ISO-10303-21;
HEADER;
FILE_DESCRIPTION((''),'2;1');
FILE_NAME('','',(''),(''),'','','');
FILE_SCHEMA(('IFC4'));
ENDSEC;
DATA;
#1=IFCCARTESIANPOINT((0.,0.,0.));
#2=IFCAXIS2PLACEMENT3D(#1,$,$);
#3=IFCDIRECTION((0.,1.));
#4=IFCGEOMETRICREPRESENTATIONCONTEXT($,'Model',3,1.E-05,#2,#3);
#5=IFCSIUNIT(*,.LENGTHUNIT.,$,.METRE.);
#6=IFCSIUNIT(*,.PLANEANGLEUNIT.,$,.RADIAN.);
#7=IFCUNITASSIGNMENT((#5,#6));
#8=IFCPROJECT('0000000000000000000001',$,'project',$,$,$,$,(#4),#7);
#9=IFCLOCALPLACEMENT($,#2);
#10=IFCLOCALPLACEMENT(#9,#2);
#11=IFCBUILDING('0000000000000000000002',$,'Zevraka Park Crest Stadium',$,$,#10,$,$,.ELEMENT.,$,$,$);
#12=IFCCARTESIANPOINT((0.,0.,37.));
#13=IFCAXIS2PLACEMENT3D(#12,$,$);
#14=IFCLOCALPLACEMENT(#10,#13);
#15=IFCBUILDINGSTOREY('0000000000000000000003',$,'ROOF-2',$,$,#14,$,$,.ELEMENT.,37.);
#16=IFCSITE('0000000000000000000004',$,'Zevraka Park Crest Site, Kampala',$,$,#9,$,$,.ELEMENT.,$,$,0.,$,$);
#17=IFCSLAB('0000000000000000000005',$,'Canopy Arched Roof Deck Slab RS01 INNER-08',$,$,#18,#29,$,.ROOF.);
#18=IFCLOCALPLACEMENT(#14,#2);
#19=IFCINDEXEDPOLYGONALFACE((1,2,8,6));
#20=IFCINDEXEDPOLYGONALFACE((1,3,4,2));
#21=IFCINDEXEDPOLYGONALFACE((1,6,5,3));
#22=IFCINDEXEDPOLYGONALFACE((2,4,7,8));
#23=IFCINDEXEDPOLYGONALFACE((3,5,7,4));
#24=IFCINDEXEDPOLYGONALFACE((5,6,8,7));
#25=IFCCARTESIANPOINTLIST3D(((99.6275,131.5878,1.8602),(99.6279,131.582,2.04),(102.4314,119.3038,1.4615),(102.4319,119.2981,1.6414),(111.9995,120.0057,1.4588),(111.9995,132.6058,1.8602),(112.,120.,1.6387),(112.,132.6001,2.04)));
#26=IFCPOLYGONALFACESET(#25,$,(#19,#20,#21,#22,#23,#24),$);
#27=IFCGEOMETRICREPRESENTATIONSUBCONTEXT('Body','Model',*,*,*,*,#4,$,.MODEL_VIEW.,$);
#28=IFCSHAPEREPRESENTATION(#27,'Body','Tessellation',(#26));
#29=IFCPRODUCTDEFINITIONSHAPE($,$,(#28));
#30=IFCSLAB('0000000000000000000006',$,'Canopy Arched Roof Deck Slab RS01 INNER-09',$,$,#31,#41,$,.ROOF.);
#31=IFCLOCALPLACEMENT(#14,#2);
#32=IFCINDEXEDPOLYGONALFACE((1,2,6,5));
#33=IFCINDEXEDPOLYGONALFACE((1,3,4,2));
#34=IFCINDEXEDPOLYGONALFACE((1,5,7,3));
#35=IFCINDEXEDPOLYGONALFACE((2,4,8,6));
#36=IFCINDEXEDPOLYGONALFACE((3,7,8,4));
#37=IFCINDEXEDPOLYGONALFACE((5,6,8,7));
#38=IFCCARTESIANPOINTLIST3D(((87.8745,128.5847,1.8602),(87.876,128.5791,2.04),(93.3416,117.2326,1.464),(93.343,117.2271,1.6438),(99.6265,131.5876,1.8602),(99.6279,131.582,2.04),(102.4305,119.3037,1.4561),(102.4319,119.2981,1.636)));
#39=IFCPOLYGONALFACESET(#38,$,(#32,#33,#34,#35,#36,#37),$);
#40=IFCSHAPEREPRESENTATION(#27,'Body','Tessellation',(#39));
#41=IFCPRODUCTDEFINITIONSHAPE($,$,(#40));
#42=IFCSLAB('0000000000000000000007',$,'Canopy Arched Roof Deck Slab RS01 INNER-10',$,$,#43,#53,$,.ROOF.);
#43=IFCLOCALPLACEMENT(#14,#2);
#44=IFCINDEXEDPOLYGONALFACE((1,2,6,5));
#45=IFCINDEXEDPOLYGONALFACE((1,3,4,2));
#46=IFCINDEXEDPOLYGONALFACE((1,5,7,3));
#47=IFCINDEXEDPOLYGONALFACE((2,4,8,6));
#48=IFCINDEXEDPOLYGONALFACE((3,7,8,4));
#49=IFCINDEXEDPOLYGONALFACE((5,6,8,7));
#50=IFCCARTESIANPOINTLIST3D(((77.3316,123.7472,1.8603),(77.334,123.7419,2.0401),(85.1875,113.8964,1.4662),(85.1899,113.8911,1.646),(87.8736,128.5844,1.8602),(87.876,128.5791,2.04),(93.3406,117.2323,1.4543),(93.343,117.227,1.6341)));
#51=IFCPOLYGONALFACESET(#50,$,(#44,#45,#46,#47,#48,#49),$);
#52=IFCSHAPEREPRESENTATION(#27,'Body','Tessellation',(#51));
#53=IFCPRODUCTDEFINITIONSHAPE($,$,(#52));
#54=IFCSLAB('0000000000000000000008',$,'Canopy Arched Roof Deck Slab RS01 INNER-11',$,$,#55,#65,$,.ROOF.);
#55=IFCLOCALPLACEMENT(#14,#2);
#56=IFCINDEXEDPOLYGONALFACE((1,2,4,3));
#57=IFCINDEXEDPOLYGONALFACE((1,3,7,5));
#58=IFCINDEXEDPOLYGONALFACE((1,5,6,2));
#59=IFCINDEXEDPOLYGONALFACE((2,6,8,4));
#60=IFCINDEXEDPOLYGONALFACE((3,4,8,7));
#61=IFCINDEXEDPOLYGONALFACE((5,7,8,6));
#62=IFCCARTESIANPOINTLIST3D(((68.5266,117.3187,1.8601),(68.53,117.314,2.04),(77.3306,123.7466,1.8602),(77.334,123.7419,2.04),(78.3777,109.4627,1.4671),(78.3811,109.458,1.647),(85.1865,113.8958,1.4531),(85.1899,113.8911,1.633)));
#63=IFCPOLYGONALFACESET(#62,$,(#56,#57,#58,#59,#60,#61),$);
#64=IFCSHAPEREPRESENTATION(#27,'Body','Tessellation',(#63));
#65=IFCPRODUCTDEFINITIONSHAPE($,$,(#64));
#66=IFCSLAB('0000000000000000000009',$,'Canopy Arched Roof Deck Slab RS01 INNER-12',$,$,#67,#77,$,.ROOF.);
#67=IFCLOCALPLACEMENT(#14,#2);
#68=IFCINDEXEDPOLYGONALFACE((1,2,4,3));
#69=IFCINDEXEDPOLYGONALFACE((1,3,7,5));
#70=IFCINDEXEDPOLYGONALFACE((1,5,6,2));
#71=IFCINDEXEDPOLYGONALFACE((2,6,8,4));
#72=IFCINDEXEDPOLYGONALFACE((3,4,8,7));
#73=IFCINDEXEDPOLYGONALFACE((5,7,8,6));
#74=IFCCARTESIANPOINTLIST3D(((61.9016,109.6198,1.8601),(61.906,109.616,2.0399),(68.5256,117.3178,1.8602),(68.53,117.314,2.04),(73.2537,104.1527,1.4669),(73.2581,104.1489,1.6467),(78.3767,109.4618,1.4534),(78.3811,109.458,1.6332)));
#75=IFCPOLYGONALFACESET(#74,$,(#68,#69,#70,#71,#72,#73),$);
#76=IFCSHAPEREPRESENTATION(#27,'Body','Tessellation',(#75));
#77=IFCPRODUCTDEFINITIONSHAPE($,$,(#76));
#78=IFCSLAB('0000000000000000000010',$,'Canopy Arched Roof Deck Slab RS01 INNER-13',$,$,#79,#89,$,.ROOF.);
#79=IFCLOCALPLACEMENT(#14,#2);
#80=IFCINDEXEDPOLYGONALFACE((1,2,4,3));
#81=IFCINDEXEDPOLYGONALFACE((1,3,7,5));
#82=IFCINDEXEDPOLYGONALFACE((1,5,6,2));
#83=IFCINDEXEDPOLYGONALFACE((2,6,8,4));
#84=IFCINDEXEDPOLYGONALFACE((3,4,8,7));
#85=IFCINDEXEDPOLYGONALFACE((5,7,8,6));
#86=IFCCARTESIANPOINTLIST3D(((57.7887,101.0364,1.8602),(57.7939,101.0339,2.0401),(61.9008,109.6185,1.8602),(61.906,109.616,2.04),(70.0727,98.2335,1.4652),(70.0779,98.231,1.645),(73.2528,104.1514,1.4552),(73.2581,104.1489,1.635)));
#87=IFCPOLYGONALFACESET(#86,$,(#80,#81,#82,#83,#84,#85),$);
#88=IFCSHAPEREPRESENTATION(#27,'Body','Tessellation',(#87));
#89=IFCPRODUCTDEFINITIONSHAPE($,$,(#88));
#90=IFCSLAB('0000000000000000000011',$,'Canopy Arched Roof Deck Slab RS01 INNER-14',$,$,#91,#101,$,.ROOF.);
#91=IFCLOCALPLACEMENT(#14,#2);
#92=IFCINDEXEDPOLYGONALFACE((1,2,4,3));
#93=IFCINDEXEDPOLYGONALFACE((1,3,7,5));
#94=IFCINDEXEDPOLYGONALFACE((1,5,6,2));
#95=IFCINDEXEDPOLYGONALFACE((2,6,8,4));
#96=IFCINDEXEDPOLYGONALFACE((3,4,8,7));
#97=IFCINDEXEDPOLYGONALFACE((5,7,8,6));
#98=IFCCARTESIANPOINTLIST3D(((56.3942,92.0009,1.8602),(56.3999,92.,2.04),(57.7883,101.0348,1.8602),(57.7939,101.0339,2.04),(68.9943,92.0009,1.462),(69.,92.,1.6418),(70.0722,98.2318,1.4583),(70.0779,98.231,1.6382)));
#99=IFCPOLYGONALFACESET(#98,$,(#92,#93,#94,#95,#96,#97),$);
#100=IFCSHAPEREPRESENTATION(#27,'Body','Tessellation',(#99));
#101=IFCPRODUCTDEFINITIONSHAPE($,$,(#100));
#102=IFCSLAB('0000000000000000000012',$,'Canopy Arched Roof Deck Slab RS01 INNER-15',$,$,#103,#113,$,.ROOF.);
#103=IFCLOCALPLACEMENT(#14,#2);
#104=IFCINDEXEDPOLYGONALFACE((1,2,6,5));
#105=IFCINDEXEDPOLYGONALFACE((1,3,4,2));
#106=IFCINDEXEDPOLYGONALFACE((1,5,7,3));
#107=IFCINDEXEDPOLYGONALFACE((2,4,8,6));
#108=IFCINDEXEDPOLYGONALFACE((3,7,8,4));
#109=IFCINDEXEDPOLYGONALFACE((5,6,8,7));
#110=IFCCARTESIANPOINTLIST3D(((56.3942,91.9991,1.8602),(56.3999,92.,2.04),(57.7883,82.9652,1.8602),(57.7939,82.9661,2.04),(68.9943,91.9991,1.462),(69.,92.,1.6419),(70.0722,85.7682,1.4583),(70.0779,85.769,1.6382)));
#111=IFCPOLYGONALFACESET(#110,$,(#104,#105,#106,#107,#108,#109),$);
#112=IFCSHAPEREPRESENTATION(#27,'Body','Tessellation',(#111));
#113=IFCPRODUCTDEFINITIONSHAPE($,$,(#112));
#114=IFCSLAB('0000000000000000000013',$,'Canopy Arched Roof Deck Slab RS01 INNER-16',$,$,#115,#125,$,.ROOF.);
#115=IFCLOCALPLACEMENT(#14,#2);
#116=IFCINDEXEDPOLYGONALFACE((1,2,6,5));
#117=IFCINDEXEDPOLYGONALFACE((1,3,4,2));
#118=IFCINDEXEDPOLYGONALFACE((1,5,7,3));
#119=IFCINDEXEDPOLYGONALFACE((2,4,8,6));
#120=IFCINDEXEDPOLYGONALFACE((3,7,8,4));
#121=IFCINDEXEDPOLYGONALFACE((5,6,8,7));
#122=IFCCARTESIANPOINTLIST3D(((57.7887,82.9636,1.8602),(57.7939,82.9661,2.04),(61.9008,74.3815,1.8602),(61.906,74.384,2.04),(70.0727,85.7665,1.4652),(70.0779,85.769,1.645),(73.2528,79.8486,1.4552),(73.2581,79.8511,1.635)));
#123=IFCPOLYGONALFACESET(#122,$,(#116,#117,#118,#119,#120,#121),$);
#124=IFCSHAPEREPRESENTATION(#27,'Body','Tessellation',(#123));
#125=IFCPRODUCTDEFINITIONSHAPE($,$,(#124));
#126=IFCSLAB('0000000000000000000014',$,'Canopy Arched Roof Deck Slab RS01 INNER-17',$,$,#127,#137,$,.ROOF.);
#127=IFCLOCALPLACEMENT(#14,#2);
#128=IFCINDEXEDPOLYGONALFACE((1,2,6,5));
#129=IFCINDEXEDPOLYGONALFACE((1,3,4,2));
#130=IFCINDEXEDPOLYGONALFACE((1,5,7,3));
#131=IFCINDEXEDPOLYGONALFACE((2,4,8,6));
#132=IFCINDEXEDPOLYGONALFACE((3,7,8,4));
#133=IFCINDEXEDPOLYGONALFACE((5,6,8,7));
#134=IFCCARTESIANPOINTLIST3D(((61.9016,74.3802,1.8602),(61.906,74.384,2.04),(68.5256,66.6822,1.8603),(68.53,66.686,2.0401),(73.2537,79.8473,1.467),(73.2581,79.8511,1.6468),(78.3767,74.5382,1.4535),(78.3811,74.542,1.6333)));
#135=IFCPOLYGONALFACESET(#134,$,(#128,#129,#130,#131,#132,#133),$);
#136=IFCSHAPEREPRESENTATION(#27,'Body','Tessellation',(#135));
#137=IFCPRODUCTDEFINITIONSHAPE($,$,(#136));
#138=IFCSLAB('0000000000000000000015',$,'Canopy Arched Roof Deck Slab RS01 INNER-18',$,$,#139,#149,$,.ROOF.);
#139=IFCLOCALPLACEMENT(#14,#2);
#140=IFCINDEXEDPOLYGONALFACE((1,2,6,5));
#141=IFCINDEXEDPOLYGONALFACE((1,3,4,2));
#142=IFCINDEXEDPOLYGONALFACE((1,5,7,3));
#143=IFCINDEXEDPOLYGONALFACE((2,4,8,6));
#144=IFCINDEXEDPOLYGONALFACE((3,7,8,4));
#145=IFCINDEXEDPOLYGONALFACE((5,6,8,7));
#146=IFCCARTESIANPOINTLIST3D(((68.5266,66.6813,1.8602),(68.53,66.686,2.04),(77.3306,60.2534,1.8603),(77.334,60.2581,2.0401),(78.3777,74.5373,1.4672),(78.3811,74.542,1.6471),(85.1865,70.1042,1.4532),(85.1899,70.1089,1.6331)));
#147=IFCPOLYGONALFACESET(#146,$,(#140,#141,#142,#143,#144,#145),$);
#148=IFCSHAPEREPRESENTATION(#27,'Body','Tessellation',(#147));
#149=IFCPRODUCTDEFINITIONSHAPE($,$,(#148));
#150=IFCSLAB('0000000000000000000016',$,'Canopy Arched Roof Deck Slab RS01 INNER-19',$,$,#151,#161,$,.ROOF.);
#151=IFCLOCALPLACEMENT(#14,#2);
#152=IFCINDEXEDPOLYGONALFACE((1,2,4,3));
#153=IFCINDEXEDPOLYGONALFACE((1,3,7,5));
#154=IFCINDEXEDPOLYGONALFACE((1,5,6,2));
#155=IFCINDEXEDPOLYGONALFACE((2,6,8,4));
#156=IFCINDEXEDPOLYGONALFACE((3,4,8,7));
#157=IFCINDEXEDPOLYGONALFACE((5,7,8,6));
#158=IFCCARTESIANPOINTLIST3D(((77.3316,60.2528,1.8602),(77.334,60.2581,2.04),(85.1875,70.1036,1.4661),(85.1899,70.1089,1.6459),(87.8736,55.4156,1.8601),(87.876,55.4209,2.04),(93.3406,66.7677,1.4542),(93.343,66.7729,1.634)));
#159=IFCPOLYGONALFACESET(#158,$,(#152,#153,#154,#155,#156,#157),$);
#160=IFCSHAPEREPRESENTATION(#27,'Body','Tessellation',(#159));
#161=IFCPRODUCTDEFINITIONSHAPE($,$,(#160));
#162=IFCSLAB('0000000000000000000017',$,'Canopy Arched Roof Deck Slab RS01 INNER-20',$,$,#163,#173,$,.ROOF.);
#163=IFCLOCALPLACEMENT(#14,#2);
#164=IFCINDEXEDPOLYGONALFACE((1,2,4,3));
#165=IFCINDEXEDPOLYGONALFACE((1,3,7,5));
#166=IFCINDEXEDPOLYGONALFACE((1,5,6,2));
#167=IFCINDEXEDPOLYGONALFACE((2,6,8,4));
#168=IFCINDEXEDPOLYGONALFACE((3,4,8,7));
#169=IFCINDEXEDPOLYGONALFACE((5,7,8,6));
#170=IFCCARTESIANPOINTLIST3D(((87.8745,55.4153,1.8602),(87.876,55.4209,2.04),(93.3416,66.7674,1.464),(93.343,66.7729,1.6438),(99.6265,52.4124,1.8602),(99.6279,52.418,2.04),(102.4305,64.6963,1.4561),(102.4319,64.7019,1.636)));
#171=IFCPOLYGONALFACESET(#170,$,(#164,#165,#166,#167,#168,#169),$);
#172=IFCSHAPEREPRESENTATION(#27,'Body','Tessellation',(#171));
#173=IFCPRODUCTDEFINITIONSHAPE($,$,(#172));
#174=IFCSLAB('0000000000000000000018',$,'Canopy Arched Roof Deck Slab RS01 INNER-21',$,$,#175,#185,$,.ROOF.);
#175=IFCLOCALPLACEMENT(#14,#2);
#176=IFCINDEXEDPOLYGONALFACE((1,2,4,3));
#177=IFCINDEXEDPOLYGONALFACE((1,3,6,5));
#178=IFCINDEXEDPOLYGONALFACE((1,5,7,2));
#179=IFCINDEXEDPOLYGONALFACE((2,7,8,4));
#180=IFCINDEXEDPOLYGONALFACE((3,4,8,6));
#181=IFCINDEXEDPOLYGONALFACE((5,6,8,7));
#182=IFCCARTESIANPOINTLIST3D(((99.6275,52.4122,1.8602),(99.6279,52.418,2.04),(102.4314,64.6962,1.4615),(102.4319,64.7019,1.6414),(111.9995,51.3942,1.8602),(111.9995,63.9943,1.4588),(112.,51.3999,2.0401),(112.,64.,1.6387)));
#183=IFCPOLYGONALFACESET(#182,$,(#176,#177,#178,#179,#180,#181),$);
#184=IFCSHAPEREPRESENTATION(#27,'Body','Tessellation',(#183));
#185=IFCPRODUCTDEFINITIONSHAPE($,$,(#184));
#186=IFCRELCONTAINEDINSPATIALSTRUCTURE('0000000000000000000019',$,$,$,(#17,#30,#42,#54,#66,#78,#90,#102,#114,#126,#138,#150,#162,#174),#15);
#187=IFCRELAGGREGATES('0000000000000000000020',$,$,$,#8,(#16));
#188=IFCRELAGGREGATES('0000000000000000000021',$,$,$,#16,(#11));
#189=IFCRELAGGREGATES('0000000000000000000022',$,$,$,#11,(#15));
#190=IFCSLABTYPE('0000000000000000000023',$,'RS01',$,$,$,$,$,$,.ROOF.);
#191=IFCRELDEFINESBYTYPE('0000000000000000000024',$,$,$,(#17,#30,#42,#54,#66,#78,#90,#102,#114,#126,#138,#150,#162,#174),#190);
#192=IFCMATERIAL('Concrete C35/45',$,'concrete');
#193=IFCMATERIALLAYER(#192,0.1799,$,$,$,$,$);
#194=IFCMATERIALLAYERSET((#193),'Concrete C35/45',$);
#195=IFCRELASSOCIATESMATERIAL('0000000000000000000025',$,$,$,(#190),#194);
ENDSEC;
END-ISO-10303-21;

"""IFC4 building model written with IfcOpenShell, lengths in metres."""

from ifc_helpers import new_model, si_unit, direction, frame, origin, place, context, subcontext, project, spatial, polyline, outline, extrude, material, layer, layer_set, type_object, element, save


model = new_model("IFC4")

# Units and contexts
model_context = context("Model", 3, precision=1e-05, world=origin(), true_north=direction((0.0, 1.0)))
body_context = subcontext(model_context, "Body", "Model", "MODEL_VIEW")
ifc_project = project(units=[si_unit("LENGTHUNIT", "METRE"), si_unit("PLANEANGLEUNIT", "RADIAN")], contexts=[model_context])

# Site, building, storey
site_placement = place(None, origin())
site = spatial("IfcSite", under=ifc_project, at=site_placement, Name="Zevraka Park Crest Site, Kampala", CompositionType="ELEMENT", RefElevation=0.0)
building_placement = place(site_placement, origin())
building = spatial("IfcBuilding", under=site, at=building_placement, Name="Zevraka Park Crest Stadium", CompositionType="ELEMENT")
storey_placement = place(building_placement, frame((0.0, 0.0, 37.0)))
storey = spatial("IfcBuildingStorey", under=building, at=storey_placement, Name="ROOF-2", CompositionType="ELEMENT", Elevation=37.0)

# Slabs
ifc_material_1 = material(Name="Concrete C35/45", Category="concrete")
ifc_layer_1 = layer(ifc_material_1, 0.1799)
ifc_layer_set_1 = layer_set([ifc_layer_1], Name="Concrete C35/45")
slab_type = type_object("IfcSlabType", Name="RS01", PredefinedType="ROOF", material=ifc_layer_set_1)
slab_1_placement = place(storey_placement, frame((112.0, 132.6001, 2.04), z_axis=(0.002618, -0.03184, 0.99949), x_axis=(-0.996631, -0.08201, -0.000002)))
element("IfcSlab", 1, at=slab_1_placement, inside=storey, type_object=slab_type, Name="Canopy Arched Roof Deck Slab RS01 INNER-08", PredefinedType="ROOF", context=body_context, shape_type="SweptSolid", body=[
    extrude(outline(polyline([(0.0, 0.0), (12.4139, 0.0), (10.6268, 12.4789), (1.0333, 12.5641), (0.0, 0.0)])), origin(), (0.0, 0.0, -1.0), 0.1799),
])
slab_2_placement = place(storey_placement, frame((99.6279, 131.582, 2.04), z_axis=(0.007938, -0.031064, 0.999486), x_axis=(-0.96887, -0.247571, 0.0)))
element("IfcSlab", 2, at=slab_2_placement, inside=storey, type_object=slab_type, Name="Canopy Arched Roof Deck Slab RS01 INNER-09", PredefinedType="ROOF", context=body_context, shape_type="SweptSolid", body=[
    extrude(outline(polyline([(0.0, 0.0), (12.1296, 0.0), (9.6431, 12.3585), (0.3245, 12.6022), (0.0, 0.0)])), origin(), (0.0, 0.0, -1.0), 0.1799),
])
slab_3_placement = place(storey_placement, frame((87.876, 128.5791, 2.04), z_axis=(0.013436, -0.029271, 0.999481), x_axis=(-0.908888, -0.41704, 0.000005)))
element("IfcSlab", 3, at=slab_3_placement, inside=storey, type_object=slab_type, Name="Canopy Arched Roof Deck Slab RS01 INNER-10", PredefinedType="ROOF", context=body_context, shape_type="SweptSolid", body=[
    extrude(outline(polyline([(0.0, 0.0), (11.5988, 0.0), (8.5668, 12.2359), (-0.2347, 12.6043), (0.0, 0.0)])), origin(), (0.0, 0.0, -1.0), 0.1799),
])
slab_4_placement = place(storey_placement, frame((77.334, 123.7419, 2.04), z_axis=(0.019052, -0.026107, 0.999478), x_axis=(-0.807639, -0.589677, -0.000007)))
element("IfcSlab", 4, at=slab_4_placement, inside=storey, type_object=slab_type, Name="Canopy Arched Roof Deck Slab RS01 INNER-11", PredefinedType="ROOF", context=body_context, shape_type="SweptSolid", body=[
    extrude(outline(polyline([(0.0, 0.0), (10.9009, 0.0), (7.5772, 12.1601), (-0.536, 12.595), (0.0, 0.0)])), origin(), (0.0, 0.0, -1.0), 0.1799),
])
slab_5_placement = place(storey_placement, frame((68.53, 117.314, 2.04), z_axis=(0.024473, -0.021071, 0.999478), x_axis=(-0.652251, -0.758003, -0.000009)))
element("IfcSlab", 5, at=slab_5_placement, inside=storey, type_object=slab_type, Name="Canopy Arched Roof Deck Slab RS01 INNER-12", PredefinedType="ROOF", context=body_context, shape_type="SweptSolid", body=[
    extrude(outline(polyline([(0.0, 0.0), (10.1556, 0.0), (6.8953, 12.1771), (-0.4705, 12.5978), (0.0, 0.0)])), origin(), (0.0, 0.0, -1.0), 0.1799),
])
slab_6_placement = place(storey_placement, frame((61.906, 109.616, 2.04), z_axis=(0.028974, -0.013882, 0.999484), x_axis=(-0.432106, -0.901823, 0.000001)))
element("IfcSlab", 6, at=slab_6_placement, inside=storey, type_object=slab_type, Name="Canopy Arched Roof Deck Slab RS01 INNER-13", PredefinedType="ROOF", context=body_context, shape_type="SweptSolid", body=[
    extrude(outline(polyline([(0.0, 0.0), (9.5163, 0.0), (6.7361, 12.2955), (0.025, 12.6064), (0.0, 0.0)])), origin(), (0.0, 0.0, -1.0), 0.1799),
])
slab_7_placement = place(storey_placement, frame((57.7939, 101.0339, 2.04), z_axis=(0.031586, -0.004875, 0.999489), x_axis=(-0.152507, -0.988302, -0.000001)))
element("IfcSlab", 7, at=slab_7_placement, inside=storey, type_object=slab_type, Name="Canopy Arched Roof Deck Slab RS01 INNER-14", PredefinedType="ROOF", context=body_context, shape_type="SweptSolid", body=[
    extrude(outline(polyline([(0.0, 0.0), (9.1409, 0.0), (7.2193, 12.4591), (0.8968, 12.5741), (0.0, 0.0)])), origin(), (0.0, 0.0, -1.0), 0.1799),
])
slab_8_placement = place(storey_placement, frame((56.3999, 92.0, 2.04), z_axis=(0.031586, 0.004875, 0.999489), x_axis=(0.152507, -0.988302, 0.000001)))
element("IfcSlab", 8, at=slab_8_placement, inside=storey, type_object=slab_type, Name="Canopy Arched Roof Deck Slab RS01 INNER-15", PredefinedType="ROOF", context=body_context, shape_type="SweptSolid", body=[
    extrude(outline(polyline([(0.0, 0.0), (9.1409, 0.0), (8.2441, 12.5741), (1.9216, 12.4591), (0.0, 0.0)])), origin(), (0.0, 0.0, -1.0), 0.1799),
])
slab_9_placement = place(storey_placement, frame((57.7939, 82.9661, 2.04), z_axis=(0.028974, 0.013882, 0.999484), x_axis=(0.432106, -0.901823, -0.000001)))
element("IfcSlab", 9, at=slab_9_placement, inside=storey, type_object=slab_type, Name="Canopy Arched Roof Deck Slab RS01 INNER-16", PredefinedType="ROOF", context=body_context, shape_type="SweptSolid", body=[
    extrude(outline(polyline([(0.0, 0.0), (9.5163, 0.0), (9.4913, 12.6064), (2.7802, 12.2955), (0.0, 0.0)])), origin(), (0.0, 0.0, -1.0), 0.1799),
])
slab_10_placement = place(storey_placement, frame((61.906, 74.384, 2.04), z_axis=(0.024473, 0.021071, 0.999478), x_axis=(0.652251, -0.758003, 0.000009)))
element("IfcSlab", 10, at=slab_10_placement, inside=storey, type_object=slab_type, Name="Canopy Arched Roof Deck Slab RS01 INNER-17", PredefinedType="ROOF", context=body_context, shape_type="SweptSolid", body=[
    extrude(outline(polyline([(0.0, 0.0), (10.1556, 0.0), (10.6262, 12.5978), (3.2604, 12.1771), (0.0, 0.0)])), origin(), (0.0, 0.0, -1.0), 0.1799),
])
slab_11_placement = place(storey_placement, frame((68.53, 66.686, 2.04), z_axis=(0.019052, 0.026107, 0.999478), x_axis=(0.807639, -0.589677, 0.000007)))
element("IfcSlab", 11, at=slab_11_placement, inside=storey, type_object=slab_type, Name="Canopy Arched Roof Deck Slab RS01 INNER-18", PredefinedType="ROOF", context=body_context, shape_type="SweptSolid", body=[
    extrude(outline(polyline([(0.0, 0.0), (10.9009, 0.0), (11.4368, 12.595), (3.3236, 12.1601), (0.0, 0.0)])), origin(), (0.0, 0.0, -1.0), 0.1799),
])
slab_12_placement = place(storey_placement, frame((77.334, 60.2581, 2.04), z_axis=(0.013436, 0.029271, 0.999481), x_axis=(0.908888, -0.41704, -0.000005)))
element("IfcSlab", 12, at=slab_12_placement, inside=storey, type_object=slab_type, Name="Canopy Arched Roof Deck Slab RS01 INNER-19", PredefinedType="ROOF", context=body_context, shape_type="SweptSolid", body=[
    extrude(outline(polyline([(0.0, 0.0), (11.5988, 0.0), (11.8334, 12.6043), (3.032, 12.2359), (0.0, 0.0)])), origin(), (0.0, 0.0, -1.0), 0.1799),
])
slab_13_placement = place(storey_placement, frame((87.876, 55.4209, 2.04), z_axis=(0.007938, 0.031064, 0.999486), x_axis=(0.96887, -0.247571, 0.0)))
element("IfcSlab", 13, at=slab_13_placement, inside=storey, type_object=slab_type, Name="Canopy Arched Roof Deck Slab RS01 INNER-20", PredefinedType="ROOF", context=body_context, shape_type="SweptSolid", body=[
    extrude(outline(polyline([(0.0, 0.0), (12.1296, 0.0), (11.8051, 12.6022), (2.4864, 12.3585), (0.0, 0.0)])), origin(), (0.0, 0.0, -1.0), 0.1799),
])
slab_14_placement = place(storey_placement, frame((99.6279, 52.418, 2.04), z_axis=(0.002618, 0.03184, 0.99949), x_axis=(0.996631, -0.08201, 0.000002)))
element("IfcSlab", 14, at=slab_14_placement, inside=storey, type_object=slab_type, Name="Canopy Arched Roof Deck Slab RS01 INNER-21", PredefinedType="ROOF", context=body_context, shape_type="SweptSolid", body=[
    extrude(outline(polyline([(0.0, 0.0), (12.4139, 0.0), (11.3805, 12.5641), (1.7871, 12.4789), (0.0, 0.0)])), origin(), (0.0, 0.0, -1.0), 0.1799),
])

save(model, "model.ifc")
